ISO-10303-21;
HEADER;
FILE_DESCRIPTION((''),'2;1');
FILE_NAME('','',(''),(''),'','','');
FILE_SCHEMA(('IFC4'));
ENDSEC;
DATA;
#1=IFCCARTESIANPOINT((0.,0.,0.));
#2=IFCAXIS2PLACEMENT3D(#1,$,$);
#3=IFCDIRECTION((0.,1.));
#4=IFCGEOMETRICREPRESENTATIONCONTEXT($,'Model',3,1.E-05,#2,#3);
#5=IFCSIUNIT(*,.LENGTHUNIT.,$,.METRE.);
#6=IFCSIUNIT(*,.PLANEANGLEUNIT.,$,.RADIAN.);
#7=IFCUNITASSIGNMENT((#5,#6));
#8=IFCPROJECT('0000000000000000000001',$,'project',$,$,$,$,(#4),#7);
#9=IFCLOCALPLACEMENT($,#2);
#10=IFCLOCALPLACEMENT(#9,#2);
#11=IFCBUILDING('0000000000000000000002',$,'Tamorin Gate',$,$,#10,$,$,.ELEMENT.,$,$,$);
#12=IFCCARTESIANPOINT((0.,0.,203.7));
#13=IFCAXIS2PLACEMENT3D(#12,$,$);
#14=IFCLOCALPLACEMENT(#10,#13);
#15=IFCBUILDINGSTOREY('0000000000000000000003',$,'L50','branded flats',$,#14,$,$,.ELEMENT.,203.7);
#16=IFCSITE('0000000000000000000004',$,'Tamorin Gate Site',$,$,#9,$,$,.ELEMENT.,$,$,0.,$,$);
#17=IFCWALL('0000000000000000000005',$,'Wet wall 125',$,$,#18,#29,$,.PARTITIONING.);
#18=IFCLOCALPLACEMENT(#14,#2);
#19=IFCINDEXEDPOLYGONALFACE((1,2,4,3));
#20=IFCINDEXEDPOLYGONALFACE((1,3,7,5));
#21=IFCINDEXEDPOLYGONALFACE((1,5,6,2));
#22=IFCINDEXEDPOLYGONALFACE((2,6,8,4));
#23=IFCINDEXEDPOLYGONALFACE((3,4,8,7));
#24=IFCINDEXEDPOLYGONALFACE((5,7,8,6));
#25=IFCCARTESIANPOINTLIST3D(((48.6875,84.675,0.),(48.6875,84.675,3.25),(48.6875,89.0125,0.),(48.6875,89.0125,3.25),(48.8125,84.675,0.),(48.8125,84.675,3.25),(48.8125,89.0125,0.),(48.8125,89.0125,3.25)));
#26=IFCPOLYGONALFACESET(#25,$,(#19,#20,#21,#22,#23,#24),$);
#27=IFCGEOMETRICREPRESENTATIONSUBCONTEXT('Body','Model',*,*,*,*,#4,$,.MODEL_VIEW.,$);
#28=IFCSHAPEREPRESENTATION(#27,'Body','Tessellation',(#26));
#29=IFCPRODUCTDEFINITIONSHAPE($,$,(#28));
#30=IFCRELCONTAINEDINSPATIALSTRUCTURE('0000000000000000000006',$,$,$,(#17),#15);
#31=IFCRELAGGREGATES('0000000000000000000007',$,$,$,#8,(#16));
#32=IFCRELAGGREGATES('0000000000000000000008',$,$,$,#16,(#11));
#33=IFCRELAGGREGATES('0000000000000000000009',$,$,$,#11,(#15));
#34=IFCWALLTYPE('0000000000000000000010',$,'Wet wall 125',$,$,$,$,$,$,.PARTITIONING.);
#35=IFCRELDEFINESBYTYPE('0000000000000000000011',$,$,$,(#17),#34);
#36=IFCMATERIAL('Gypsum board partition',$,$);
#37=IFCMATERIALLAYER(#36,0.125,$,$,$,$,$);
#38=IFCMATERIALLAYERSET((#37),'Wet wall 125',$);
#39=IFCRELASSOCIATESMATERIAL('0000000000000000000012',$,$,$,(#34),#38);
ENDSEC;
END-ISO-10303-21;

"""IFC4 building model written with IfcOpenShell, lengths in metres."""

from ifc_helpers import new_model, si_unit, direction, frame, frame_2d, origin, place, context, subcontext, project, spatial, rectangle, extrude, material, layer, layer_set, type_object, element, save


model = new_model("IFC4")

# Units and contexts
model_context = context("Model", 3, precision=1e-05, world=origin(), true_north=direction((0.0, 1.0)))
body_context = subcontext(model_context, "Body", "Model", "MODEL_VIEW")
ifc_project = project(units=[si_unit("LENGTHUNIT", "METRE"), si_unit("PLANEANGLEUNIT", "RADIAN")], contexts=[model_context])

# Site, building, storey
site_placement = place(None, origin())
site = spatial("IfcSite", under=ifc_project, at=site_placement, Name="Tamorin Gate Site", CompositionType="ELEMENT", RefElevation=0.0)
building_placement = place(site_placement, origin())
building = spatial("IfcBuilding", under=site, at=building_placement, Name="Tamorin Gate", CompositionType="ELEMENT")
storey_placement = place(building_placement, frame((0.0, 0.0, 203.7)))
storey = spatial("IfcBuildingStorey", under=building, at=storey_placement, Name="L50", Description="branded flats", CompositionType="ELEMENT", Elevation=203.7)

# Shared definitions
ifc_material_1 = material(Name="Gypsum board partition")

# Shared definitions
ifc_layer_1 = layer(ifc_material_1, 0.125)
ifc_layer_set_1 = layer_set([ifc_layer_1], Name="Wet wall 125")
wall_type_1 = type_object("IfcWallType", Name="Wet wall 125", PredefinedType="PARTITIONING", material=ifc_layer_set_1)

# Wall
wall_1_placement = place(storey_placement, frame((48.75, 84.675, 0.0), z_axis=(0.0, 0.0, 1.0), x_axis=(0.0, 1.0, 0.0)))
element("IfcWall", 1, at=wall_1_placement, inside=storey, type_object=wall_type_1, Name="Wet wall 125", PredefinedType="PARTITIONING", context=body_context, shape_type="SweptSolid", body=[
    extrude(rectangle(XDim=4.3374, YDim=0.125, at=frame_2d((2.1687, 0.0))), origin(), (0.0, 0.0, 1.0), 3.25),
])

save(model, "model.ifc")
